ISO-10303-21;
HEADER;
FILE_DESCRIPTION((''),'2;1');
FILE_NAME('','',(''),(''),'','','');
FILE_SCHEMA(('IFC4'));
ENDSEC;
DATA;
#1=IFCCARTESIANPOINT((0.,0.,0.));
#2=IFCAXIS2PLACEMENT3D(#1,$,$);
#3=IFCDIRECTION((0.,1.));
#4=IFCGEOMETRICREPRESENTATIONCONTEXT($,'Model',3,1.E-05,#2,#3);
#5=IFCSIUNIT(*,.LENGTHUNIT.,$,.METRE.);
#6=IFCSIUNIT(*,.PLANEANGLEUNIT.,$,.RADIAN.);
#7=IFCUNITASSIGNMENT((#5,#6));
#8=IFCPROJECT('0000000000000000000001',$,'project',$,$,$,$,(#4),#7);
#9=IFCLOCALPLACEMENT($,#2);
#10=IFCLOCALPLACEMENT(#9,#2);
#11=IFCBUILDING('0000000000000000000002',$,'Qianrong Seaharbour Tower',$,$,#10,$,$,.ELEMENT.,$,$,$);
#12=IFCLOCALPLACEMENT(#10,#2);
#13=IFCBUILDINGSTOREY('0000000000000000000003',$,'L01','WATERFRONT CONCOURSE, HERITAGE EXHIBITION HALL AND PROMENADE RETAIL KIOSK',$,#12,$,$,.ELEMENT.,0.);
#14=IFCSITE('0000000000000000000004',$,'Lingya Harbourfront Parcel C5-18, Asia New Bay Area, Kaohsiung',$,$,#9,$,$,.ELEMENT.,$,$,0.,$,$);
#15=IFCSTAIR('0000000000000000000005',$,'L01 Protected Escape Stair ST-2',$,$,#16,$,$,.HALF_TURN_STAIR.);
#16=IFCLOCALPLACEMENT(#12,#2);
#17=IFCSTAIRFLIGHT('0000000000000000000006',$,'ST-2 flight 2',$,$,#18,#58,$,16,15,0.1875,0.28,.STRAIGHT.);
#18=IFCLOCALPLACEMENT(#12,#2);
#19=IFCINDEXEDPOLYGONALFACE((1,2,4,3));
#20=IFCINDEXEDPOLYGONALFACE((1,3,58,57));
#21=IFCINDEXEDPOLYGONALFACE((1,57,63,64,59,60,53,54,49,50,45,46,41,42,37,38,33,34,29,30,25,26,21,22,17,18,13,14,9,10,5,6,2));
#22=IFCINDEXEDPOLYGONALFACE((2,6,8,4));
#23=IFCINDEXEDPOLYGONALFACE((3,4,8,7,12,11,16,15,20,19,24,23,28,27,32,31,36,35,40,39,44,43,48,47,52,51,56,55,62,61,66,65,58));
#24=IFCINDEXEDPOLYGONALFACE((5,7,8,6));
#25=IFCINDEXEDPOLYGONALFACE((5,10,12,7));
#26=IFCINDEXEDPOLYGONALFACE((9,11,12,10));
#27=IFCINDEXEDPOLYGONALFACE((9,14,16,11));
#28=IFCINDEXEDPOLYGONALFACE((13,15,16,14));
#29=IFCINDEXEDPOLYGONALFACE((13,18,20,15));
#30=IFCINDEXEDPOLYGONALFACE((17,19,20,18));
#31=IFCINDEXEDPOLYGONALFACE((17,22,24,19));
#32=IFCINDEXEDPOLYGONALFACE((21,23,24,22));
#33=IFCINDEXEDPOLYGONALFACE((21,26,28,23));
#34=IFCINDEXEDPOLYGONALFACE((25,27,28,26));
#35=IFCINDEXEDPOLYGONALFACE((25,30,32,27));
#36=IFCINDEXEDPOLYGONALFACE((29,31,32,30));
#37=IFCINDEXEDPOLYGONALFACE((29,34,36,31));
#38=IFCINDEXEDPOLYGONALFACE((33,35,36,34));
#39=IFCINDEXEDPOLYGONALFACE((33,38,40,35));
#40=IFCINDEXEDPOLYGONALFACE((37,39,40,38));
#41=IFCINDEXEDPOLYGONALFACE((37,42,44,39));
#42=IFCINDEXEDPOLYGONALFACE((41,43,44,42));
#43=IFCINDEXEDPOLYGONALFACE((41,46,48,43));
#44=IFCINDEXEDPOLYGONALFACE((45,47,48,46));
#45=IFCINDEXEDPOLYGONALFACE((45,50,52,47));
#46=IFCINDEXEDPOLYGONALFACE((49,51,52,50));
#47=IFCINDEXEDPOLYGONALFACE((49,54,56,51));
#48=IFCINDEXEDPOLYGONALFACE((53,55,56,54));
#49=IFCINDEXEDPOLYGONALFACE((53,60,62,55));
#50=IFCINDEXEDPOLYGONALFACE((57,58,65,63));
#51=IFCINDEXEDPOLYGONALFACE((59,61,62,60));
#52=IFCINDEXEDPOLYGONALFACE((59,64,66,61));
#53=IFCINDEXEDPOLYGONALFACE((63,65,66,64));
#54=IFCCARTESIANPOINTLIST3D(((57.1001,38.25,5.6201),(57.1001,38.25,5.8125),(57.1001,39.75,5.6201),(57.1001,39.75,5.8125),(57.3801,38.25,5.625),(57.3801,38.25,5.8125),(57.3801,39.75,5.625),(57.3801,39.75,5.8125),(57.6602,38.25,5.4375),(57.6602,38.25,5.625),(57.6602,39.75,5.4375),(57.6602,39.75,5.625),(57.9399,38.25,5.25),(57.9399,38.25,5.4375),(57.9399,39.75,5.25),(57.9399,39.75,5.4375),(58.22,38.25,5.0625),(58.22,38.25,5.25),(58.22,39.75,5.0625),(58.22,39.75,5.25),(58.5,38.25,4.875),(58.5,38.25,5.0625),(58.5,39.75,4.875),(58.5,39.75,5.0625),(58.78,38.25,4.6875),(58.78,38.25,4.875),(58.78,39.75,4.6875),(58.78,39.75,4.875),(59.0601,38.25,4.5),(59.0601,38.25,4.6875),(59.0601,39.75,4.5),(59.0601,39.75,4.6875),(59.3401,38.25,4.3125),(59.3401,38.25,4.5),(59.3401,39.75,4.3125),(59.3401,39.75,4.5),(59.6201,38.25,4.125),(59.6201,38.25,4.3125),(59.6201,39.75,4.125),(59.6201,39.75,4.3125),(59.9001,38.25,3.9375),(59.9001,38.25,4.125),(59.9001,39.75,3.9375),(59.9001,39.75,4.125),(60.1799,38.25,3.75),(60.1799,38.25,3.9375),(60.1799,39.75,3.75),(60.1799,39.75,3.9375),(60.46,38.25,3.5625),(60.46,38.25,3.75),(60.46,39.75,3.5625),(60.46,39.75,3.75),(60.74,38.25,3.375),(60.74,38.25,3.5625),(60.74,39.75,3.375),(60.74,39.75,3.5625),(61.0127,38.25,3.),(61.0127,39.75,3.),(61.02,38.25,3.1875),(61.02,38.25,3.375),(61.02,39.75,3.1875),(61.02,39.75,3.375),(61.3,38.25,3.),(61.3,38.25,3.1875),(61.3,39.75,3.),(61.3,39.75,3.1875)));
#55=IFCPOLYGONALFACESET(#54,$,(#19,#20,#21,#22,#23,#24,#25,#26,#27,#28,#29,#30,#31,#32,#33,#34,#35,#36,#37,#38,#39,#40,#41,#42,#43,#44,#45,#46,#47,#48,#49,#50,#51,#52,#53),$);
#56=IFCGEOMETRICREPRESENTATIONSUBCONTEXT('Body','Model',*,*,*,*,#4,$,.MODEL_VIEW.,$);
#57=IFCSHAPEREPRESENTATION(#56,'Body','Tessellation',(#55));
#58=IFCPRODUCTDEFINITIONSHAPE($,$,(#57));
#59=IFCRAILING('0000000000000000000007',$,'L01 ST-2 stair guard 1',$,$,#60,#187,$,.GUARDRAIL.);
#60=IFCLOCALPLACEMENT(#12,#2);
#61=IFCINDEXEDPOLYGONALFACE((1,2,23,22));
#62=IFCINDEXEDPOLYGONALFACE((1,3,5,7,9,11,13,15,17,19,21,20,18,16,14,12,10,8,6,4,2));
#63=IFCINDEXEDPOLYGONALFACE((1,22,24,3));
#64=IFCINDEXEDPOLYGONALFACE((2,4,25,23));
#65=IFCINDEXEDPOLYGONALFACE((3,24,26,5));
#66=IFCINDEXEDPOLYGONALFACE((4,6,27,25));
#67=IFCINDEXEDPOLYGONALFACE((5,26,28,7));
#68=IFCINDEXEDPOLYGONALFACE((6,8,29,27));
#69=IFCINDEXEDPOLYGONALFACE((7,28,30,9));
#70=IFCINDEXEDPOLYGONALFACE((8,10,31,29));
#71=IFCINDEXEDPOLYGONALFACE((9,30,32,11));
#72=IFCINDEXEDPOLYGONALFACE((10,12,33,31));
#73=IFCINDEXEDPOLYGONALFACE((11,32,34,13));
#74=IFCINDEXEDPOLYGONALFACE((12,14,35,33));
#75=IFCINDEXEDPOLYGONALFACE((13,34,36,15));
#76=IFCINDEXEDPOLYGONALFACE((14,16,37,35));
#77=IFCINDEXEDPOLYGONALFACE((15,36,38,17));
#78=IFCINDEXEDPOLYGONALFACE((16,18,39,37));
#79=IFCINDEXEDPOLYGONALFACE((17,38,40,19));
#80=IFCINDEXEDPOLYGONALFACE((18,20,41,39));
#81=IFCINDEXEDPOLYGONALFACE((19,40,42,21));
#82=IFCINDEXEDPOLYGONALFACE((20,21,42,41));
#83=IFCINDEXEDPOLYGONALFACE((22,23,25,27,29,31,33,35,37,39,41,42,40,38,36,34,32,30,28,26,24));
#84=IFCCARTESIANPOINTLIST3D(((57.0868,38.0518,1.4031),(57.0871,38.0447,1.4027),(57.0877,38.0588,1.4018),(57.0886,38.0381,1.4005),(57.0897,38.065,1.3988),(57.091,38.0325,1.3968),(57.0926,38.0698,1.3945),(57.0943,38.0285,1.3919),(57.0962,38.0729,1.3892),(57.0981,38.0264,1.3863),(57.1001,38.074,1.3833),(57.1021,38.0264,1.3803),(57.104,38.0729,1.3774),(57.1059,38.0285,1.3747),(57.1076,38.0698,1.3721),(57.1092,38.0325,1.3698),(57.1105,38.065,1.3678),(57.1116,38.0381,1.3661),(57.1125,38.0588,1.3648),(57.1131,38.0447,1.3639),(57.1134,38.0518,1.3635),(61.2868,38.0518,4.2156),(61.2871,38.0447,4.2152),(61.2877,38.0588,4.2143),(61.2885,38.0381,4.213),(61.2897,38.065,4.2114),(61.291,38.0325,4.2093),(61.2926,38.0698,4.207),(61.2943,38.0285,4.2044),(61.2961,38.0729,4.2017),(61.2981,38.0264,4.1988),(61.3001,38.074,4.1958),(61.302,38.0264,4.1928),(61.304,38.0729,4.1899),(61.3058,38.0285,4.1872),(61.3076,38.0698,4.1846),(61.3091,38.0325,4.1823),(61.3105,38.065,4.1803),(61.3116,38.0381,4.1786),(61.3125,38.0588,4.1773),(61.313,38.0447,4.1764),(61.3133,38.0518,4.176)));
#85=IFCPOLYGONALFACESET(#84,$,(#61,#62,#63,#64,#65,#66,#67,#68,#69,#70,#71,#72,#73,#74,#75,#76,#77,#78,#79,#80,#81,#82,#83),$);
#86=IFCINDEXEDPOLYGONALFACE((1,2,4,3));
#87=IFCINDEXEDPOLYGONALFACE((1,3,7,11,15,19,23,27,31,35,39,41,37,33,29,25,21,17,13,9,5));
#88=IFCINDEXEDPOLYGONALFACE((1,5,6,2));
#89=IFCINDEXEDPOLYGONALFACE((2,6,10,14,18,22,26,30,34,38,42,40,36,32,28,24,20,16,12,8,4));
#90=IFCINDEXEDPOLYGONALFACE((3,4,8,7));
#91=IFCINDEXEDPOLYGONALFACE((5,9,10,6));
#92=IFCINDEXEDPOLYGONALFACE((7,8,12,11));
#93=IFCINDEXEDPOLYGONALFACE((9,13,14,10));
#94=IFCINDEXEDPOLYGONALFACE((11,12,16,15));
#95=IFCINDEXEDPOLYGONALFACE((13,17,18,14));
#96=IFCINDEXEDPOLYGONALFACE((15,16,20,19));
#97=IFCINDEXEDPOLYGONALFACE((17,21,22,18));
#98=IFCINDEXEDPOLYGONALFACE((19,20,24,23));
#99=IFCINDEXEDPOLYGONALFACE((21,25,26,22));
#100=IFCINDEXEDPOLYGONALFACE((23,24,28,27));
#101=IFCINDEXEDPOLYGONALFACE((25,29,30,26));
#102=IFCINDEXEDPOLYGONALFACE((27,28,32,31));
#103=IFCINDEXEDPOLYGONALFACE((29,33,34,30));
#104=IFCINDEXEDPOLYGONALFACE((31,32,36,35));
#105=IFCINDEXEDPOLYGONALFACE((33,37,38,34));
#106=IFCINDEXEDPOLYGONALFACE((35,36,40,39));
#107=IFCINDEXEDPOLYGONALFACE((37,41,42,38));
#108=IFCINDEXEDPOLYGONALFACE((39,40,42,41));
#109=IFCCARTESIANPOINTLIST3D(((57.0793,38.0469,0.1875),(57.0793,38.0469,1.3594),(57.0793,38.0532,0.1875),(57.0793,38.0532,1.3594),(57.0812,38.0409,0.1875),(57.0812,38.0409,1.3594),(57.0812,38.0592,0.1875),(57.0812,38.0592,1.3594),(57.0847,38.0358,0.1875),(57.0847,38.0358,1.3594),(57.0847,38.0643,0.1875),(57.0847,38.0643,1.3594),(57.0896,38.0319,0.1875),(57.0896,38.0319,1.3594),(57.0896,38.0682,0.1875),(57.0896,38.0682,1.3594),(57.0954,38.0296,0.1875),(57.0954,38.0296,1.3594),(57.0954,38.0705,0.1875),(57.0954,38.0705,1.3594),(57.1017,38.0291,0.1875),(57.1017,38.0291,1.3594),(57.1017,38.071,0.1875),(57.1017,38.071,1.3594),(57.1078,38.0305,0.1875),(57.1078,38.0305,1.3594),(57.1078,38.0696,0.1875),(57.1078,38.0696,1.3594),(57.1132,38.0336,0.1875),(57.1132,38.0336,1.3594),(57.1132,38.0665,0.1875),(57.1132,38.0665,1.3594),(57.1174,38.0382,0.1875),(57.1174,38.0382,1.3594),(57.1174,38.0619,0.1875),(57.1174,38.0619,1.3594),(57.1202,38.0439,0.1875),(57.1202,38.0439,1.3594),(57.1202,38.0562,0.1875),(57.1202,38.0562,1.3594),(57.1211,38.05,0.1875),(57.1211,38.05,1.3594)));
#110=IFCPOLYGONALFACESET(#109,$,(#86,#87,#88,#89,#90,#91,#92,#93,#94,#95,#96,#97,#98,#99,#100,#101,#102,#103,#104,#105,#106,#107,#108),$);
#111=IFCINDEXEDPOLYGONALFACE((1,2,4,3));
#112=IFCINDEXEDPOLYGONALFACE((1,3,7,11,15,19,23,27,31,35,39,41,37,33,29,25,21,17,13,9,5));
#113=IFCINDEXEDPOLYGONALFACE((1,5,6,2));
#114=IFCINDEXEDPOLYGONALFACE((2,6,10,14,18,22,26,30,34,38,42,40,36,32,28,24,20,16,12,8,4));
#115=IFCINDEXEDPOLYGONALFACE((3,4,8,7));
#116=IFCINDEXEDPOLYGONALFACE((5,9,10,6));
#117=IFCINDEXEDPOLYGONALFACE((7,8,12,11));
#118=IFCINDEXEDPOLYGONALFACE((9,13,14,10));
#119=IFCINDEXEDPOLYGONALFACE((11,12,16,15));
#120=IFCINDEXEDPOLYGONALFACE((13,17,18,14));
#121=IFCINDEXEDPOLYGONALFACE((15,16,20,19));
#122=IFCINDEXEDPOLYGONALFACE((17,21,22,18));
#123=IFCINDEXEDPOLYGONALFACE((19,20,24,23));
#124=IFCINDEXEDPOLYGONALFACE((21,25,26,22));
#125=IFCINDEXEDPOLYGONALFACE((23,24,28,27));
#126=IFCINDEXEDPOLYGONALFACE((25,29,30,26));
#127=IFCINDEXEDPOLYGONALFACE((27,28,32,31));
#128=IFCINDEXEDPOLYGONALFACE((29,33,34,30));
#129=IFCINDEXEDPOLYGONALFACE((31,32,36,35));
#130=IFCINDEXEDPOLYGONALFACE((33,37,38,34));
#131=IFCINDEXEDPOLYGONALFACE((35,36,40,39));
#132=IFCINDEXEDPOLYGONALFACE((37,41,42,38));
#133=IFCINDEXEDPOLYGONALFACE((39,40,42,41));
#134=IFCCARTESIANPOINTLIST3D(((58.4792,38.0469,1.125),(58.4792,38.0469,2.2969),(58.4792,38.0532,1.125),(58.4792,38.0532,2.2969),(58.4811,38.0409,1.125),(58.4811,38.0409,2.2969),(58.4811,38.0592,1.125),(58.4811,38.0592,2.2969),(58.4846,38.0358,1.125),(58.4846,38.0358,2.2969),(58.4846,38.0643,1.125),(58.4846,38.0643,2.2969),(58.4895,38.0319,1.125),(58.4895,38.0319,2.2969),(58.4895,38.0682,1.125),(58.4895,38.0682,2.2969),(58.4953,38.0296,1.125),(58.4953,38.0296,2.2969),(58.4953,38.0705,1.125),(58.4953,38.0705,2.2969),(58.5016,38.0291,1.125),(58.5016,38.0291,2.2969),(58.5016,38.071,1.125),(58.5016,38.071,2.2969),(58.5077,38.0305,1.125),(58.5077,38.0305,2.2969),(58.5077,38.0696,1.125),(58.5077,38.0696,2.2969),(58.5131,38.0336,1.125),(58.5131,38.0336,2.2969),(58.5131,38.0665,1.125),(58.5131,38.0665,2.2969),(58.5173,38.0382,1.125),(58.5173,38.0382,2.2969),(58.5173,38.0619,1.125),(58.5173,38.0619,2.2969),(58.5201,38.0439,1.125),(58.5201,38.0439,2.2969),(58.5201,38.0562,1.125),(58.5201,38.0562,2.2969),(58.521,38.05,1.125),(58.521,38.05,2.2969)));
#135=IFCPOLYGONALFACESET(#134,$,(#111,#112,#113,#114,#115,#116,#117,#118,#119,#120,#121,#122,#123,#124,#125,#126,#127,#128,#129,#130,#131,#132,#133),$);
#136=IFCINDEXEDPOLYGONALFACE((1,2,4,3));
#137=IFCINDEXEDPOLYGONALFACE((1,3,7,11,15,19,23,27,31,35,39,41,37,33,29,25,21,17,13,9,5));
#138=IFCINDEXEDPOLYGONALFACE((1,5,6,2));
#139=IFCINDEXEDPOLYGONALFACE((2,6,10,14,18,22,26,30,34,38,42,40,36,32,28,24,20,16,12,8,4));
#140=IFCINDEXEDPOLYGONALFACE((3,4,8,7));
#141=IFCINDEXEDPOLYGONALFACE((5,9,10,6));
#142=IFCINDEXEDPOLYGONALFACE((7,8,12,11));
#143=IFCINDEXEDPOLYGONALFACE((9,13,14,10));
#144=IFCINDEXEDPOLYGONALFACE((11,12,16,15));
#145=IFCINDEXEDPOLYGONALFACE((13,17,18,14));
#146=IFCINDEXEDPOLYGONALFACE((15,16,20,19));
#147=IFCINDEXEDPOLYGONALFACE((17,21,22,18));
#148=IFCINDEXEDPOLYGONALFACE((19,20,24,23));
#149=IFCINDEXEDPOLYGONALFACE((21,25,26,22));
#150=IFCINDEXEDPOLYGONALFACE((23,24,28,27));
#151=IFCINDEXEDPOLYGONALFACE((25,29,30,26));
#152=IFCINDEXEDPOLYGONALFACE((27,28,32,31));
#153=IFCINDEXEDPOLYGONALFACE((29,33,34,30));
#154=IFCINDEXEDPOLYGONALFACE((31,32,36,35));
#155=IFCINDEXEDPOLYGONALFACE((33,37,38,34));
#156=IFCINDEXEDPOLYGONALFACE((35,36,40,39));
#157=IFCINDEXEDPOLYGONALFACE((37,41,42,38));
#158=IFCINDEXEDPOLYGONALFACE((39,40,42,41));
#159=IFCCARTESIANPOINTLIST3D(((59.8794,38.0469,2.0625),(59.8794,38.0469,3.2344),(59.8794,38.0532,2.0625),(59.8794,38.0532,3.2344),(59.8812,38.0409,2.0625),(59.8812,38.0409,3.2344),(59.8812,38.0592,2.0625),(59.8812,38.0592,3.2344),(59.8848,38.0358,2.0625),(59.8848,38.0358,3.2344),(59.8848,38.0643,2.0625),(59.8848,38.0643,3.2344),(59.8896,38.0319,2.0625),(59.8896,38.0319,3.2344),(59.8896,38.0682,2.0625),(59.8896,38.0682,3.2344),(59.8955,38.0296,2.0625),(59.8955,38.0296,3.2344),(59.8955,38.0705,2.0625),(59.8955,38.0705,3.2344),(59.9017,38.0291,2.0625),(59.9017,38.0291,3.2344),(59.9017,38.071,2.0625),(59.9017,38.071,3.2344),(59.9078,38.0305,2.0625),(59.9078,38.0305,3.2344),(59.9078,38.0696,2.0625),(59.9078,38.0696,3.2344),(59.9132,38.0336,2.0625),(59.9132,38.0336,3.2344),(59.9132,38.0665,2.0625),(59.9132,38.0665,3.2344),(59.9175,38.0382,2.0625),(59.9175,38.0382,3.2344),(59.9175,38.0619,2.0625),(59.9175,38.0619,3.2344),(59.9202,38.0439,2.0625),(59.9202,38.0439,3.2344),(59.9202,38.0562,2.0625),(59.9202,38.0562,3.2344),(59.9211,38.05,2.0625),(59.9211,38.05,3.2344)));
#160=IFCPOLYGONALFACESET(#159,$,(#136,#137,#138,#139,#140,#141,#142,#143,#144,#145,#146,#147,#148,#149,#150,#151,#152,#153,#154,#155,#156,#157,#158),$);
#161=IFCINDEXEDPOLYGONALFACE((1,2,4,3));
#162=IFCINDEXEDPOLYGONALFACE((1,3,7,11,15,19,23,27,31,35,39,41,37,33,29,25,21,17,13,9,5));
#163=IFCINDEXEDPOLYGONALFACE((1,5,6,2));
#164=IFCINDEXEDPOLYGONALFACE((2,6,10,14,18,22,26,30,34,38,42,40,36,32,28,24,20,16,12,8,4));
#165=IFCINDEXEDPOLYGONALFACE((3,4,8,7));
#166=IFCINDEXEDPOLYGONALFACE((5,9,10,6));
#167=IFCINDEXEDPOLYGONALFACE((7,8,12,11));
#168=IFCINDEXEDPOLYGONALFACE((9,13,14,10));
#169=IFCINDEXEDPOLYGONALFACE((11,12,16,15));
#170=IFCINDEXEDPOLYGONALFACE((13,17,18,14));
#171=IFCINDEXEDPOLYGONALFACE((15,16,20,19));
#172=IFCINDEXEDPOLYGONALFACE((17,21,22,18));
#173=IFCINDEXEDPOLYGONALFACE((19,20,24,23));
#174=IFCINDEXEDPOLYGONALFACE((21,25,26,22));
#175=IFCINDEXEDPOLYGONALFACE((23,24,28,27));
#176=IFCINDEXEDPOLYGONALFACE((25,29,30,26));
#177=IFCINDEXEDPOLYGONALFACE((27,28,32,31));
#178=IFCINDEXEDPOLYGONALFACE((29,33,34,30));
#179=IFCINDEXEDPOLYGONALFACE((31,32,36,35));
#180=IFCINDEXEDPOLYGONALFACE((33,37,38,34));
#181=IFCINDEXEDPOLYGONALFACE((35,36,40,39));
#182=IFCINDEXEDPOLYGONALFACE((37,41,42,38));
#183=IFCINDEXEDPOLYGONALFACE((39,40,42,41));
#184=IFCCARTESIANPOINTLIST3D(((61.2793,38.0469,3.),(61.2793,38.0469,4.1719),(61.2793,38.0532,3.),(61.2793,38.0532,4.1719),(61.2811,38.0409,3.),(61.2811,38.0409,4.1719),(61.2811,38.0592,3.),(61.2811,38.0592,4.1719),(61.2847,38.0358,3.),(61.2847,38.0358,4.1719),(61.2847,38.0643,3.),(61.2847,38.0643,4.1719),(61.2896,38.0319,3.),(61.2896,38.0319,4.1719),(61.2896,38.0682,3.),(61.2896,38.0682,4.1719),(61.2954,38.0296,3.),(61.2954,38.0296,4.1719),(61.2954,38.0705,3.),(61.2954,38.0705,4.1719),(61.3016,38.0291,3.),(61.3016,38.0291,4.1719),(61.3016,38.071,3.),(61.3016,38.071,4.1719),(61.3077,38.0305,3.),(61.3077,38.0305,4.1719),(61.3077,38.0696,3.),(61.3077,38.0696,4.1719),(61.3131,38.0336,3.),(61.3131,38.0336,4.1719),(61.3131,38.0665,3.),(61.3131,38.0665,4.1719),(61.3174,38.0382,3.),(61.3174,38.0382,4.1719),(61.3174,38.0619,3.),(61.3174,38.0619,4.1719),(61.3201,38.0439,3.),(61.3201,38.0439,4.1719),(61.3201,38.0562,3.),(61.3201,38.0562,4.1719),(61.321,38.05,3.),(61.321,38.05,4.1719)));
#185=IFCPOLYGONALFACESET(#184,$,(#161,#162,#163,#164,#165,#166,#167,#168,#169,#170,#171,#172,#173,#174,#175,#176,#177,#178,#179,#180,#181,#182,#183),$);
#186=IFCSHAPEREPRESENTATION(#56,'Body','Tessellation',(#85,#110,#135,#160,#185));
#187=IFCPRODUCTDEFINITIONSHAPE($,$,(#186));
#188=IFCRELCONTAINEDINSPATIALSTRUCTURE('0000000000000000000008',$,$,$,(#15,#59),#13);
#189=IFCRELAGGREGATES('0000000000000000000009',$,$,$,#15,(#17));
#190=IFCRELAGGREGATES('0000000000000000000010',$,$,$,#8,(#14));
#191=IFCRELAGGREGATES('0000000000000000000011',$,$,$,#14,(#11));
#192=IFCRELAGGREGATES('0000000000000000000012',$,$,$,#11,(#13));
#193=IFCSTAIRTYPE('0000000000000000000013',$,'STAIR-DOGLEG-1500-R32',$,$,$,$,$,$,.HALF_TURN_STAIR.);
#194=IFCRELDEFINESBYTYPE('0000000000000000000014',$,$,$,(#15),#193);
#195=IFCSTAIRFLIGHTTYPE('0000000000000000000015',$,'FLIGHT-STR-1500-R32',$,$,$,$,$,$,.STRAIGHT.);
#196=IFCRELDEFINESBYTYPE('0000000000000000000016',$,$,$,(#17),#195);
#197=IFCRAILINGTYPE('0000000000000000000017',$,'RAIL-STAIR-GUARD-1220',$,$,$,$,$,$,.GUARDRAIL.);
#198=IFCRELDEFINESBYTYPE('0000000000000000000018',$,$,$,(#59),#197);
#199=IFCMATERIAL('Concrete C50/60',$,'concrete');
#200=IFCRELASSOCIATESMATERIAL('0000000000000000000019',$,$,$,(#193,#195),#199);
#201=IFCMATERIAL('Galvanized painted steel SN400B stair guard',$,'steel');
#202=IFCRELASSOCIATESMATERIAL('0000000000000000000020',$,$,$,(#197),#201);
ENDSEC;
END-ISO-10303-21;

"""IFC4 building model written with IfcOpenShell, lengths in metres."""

from ifc_helpers import new_model, si_unit, direction, frame, origin, origin_2d, place, context, subcontext, project, spatial, polyline, circle, outline, extrude, material, type_object, element, aggregate, save


model = new_model("IFC4")

# Units and contexts
model_context = context("Model", 3, precision=1e-05, world=origin(), true_north=direction((0.0, 1.0)))
body_context = subcontext(model_context, "Body", "Model", "MODEL_VIEW")
ifc_project = project(units=[si_unit("LENGTHUNIT", "METRE"), si_unit("PLANEANGLEUNIT", "RADIAN")], contexts=[model_context])

# Site, building, storey
site_placement = place(None, origin())
site = spatial("IfcSite", under=ifc_project, at=site_placement, Name="Lingya Harbourfront Parcel C5-18, Asia New Bay Area, Kaohsiung", CompositionType="ELEMENT", RefElevation=0.0)
building_placement = place(site_placement, origin())
building = spatial("IfcBuilding", under=site, at=building_placement, Name="Qianrong Seaharbour Tower", CompositionType="ELEMENT")
storey_placement = place(building_placement, origin())
storey = spatial("IfcBuildingStorey", under=building, at=storey_placement, Name="L01", Description="WATERFRONT CONCOURSE, HERITAGE EXHIBITION HALL AND PROMENADE RETAIL KIOSK", CompositionType="ELEMENT", Elevation=0.0)

# Shared definitions
ifc_material_1 = material(Name="Concrete C50/60", Category="concrete")

# Stair, stair flight
stair_type = type_object("IfcStairType", Name="STAIR-DOGLEG-1500-R32", PredefinedType="HALF_TURN_STAIR", material=ifc_material_1)
stair_placement = place(storey_placement, origin())
stair = element("IfcStair", 1, at=stair_placement, inside=storey, type_object=stair_type, Name="L01 Protected Escape Stair ST-2", PredefinedType="HALF_TURN_STAIR")
stair_flight_type = type_object("IfcStairFlightType", Name="FLIGHT-STR-1500-R32", PredefinedType="STRAIGHT", material=ifc_material_1)
stair_flight_1_placement = place(storey_placement, frame((61.3, 39.0, 3.0), z_axis=(0.0, 0.0, 1.0), x_axis=(-1.0, 0.0, 0.0)))
stair_flight_1 = element("IfcStairFlight", 2, at=stair_flight_1_placement, type_object=stair_flight_type, Name="ST-2 flight 2", NumberOfRisers=16, NumberOfTreads=15, PredefinedType="STRAIGHT", RiserHeight=0.1875, TreadLength=0.28, context=body_context, shape_type="SweptSolid", body=[
    extrude(outline(polyline([(0.0, 0.0), (0.0, 0.1875), (0.28, 0.1875), (0.28, 0.375), (0.5601, 0.375), (0.5601, 0.5625), (0.8401, 0.5625), (0.8401, 0.75), (1.1201, 0.75), (1.1201, 0.9375), (1.3999, 0.9375), (1.3999, 1.125), (1.6799, 1.125), (1.6799, 1.3125), (1.96, 1.3125), (1.96, 1.5), (2.24, 1.5), (2.24, 1.6875), (2.52, 1.6875), (2.52, 1.875), (2.8, 1.875), (2.8, 2.0625), (3.0801, 2.0625), (3.0801, 2.25), (3.3601, 2.25), (3.3601, 2.4375), (3.6399, 2.4375), (3.6399, 2.625), (3.9199, 2.625), (3.9199, 2.8125), (4.2, 2.8125), (4.2, 3.0), (4.2, 2.6201), (0.2874, 0.0), (0.0, 0.0)])), frame((0.0, 0.75, 0.0), z_axis=(0.0, -1.0, 0.0), x_axis=(1.0, 0.0, 0.0)), (0.0, 0.0, 1.0), 1.5),
])
aggregate(stair, [stair_flight_1])

# Railing
ifc_material_2 = material(Name="Galvanized painted steel SN400B stair guard", Category="steel")
railing_type_1 = type_object("IfcRailingType", Name="RAIL-STAIR-GUARD-1220", PredefinedType="GUARDRAIL", material=ifc_material_2)
railing_1_placement = place(storey_placement, frame((57.1001, 38.05, 0.1875)))
element("IfcRailing", 3, at=railing_1_placement, inside=storey, type_object=railing_type_1, Name="L01 ST-2 stair guard 1", PredefinedType="GUARDRAIL", context=body_context, shape_type="SweptSolid", body=[
    extrude(circle(Radius=0.0239, at=origin_2d()), frame((0.0, 0.0, 1.1958), z_axis=(0.830904, 0.0, 0.556416), x_axis=(0.0, 1.0, 0.0)), (0.0, 0.0, 1.0), 5.0547),
    extrude(circle(Radius=0.021, at=origin_2d()), origin(), (0.0, 0.0, 1.0), 1.1719),
    extrude(circle(Radius=0.021, at=origin_2d()), frame((1.3999, 0.0, 0.9375)), (0.0, 0.0, 1.0), 1.1719),
    extrude(circle(Radius=0.021, at=origin_2d()), frame((2.8, 0.0, 1.875)), (0.0, 0.0, 1.0), 1.1719),
    extrude(circle(Radius=0.021, at=origin_2d()), frame((4.2, 0.0, 2.8125)), (0.0, 0.0, 1.0), 1.1719),
])

save(model, "model.ifc")
